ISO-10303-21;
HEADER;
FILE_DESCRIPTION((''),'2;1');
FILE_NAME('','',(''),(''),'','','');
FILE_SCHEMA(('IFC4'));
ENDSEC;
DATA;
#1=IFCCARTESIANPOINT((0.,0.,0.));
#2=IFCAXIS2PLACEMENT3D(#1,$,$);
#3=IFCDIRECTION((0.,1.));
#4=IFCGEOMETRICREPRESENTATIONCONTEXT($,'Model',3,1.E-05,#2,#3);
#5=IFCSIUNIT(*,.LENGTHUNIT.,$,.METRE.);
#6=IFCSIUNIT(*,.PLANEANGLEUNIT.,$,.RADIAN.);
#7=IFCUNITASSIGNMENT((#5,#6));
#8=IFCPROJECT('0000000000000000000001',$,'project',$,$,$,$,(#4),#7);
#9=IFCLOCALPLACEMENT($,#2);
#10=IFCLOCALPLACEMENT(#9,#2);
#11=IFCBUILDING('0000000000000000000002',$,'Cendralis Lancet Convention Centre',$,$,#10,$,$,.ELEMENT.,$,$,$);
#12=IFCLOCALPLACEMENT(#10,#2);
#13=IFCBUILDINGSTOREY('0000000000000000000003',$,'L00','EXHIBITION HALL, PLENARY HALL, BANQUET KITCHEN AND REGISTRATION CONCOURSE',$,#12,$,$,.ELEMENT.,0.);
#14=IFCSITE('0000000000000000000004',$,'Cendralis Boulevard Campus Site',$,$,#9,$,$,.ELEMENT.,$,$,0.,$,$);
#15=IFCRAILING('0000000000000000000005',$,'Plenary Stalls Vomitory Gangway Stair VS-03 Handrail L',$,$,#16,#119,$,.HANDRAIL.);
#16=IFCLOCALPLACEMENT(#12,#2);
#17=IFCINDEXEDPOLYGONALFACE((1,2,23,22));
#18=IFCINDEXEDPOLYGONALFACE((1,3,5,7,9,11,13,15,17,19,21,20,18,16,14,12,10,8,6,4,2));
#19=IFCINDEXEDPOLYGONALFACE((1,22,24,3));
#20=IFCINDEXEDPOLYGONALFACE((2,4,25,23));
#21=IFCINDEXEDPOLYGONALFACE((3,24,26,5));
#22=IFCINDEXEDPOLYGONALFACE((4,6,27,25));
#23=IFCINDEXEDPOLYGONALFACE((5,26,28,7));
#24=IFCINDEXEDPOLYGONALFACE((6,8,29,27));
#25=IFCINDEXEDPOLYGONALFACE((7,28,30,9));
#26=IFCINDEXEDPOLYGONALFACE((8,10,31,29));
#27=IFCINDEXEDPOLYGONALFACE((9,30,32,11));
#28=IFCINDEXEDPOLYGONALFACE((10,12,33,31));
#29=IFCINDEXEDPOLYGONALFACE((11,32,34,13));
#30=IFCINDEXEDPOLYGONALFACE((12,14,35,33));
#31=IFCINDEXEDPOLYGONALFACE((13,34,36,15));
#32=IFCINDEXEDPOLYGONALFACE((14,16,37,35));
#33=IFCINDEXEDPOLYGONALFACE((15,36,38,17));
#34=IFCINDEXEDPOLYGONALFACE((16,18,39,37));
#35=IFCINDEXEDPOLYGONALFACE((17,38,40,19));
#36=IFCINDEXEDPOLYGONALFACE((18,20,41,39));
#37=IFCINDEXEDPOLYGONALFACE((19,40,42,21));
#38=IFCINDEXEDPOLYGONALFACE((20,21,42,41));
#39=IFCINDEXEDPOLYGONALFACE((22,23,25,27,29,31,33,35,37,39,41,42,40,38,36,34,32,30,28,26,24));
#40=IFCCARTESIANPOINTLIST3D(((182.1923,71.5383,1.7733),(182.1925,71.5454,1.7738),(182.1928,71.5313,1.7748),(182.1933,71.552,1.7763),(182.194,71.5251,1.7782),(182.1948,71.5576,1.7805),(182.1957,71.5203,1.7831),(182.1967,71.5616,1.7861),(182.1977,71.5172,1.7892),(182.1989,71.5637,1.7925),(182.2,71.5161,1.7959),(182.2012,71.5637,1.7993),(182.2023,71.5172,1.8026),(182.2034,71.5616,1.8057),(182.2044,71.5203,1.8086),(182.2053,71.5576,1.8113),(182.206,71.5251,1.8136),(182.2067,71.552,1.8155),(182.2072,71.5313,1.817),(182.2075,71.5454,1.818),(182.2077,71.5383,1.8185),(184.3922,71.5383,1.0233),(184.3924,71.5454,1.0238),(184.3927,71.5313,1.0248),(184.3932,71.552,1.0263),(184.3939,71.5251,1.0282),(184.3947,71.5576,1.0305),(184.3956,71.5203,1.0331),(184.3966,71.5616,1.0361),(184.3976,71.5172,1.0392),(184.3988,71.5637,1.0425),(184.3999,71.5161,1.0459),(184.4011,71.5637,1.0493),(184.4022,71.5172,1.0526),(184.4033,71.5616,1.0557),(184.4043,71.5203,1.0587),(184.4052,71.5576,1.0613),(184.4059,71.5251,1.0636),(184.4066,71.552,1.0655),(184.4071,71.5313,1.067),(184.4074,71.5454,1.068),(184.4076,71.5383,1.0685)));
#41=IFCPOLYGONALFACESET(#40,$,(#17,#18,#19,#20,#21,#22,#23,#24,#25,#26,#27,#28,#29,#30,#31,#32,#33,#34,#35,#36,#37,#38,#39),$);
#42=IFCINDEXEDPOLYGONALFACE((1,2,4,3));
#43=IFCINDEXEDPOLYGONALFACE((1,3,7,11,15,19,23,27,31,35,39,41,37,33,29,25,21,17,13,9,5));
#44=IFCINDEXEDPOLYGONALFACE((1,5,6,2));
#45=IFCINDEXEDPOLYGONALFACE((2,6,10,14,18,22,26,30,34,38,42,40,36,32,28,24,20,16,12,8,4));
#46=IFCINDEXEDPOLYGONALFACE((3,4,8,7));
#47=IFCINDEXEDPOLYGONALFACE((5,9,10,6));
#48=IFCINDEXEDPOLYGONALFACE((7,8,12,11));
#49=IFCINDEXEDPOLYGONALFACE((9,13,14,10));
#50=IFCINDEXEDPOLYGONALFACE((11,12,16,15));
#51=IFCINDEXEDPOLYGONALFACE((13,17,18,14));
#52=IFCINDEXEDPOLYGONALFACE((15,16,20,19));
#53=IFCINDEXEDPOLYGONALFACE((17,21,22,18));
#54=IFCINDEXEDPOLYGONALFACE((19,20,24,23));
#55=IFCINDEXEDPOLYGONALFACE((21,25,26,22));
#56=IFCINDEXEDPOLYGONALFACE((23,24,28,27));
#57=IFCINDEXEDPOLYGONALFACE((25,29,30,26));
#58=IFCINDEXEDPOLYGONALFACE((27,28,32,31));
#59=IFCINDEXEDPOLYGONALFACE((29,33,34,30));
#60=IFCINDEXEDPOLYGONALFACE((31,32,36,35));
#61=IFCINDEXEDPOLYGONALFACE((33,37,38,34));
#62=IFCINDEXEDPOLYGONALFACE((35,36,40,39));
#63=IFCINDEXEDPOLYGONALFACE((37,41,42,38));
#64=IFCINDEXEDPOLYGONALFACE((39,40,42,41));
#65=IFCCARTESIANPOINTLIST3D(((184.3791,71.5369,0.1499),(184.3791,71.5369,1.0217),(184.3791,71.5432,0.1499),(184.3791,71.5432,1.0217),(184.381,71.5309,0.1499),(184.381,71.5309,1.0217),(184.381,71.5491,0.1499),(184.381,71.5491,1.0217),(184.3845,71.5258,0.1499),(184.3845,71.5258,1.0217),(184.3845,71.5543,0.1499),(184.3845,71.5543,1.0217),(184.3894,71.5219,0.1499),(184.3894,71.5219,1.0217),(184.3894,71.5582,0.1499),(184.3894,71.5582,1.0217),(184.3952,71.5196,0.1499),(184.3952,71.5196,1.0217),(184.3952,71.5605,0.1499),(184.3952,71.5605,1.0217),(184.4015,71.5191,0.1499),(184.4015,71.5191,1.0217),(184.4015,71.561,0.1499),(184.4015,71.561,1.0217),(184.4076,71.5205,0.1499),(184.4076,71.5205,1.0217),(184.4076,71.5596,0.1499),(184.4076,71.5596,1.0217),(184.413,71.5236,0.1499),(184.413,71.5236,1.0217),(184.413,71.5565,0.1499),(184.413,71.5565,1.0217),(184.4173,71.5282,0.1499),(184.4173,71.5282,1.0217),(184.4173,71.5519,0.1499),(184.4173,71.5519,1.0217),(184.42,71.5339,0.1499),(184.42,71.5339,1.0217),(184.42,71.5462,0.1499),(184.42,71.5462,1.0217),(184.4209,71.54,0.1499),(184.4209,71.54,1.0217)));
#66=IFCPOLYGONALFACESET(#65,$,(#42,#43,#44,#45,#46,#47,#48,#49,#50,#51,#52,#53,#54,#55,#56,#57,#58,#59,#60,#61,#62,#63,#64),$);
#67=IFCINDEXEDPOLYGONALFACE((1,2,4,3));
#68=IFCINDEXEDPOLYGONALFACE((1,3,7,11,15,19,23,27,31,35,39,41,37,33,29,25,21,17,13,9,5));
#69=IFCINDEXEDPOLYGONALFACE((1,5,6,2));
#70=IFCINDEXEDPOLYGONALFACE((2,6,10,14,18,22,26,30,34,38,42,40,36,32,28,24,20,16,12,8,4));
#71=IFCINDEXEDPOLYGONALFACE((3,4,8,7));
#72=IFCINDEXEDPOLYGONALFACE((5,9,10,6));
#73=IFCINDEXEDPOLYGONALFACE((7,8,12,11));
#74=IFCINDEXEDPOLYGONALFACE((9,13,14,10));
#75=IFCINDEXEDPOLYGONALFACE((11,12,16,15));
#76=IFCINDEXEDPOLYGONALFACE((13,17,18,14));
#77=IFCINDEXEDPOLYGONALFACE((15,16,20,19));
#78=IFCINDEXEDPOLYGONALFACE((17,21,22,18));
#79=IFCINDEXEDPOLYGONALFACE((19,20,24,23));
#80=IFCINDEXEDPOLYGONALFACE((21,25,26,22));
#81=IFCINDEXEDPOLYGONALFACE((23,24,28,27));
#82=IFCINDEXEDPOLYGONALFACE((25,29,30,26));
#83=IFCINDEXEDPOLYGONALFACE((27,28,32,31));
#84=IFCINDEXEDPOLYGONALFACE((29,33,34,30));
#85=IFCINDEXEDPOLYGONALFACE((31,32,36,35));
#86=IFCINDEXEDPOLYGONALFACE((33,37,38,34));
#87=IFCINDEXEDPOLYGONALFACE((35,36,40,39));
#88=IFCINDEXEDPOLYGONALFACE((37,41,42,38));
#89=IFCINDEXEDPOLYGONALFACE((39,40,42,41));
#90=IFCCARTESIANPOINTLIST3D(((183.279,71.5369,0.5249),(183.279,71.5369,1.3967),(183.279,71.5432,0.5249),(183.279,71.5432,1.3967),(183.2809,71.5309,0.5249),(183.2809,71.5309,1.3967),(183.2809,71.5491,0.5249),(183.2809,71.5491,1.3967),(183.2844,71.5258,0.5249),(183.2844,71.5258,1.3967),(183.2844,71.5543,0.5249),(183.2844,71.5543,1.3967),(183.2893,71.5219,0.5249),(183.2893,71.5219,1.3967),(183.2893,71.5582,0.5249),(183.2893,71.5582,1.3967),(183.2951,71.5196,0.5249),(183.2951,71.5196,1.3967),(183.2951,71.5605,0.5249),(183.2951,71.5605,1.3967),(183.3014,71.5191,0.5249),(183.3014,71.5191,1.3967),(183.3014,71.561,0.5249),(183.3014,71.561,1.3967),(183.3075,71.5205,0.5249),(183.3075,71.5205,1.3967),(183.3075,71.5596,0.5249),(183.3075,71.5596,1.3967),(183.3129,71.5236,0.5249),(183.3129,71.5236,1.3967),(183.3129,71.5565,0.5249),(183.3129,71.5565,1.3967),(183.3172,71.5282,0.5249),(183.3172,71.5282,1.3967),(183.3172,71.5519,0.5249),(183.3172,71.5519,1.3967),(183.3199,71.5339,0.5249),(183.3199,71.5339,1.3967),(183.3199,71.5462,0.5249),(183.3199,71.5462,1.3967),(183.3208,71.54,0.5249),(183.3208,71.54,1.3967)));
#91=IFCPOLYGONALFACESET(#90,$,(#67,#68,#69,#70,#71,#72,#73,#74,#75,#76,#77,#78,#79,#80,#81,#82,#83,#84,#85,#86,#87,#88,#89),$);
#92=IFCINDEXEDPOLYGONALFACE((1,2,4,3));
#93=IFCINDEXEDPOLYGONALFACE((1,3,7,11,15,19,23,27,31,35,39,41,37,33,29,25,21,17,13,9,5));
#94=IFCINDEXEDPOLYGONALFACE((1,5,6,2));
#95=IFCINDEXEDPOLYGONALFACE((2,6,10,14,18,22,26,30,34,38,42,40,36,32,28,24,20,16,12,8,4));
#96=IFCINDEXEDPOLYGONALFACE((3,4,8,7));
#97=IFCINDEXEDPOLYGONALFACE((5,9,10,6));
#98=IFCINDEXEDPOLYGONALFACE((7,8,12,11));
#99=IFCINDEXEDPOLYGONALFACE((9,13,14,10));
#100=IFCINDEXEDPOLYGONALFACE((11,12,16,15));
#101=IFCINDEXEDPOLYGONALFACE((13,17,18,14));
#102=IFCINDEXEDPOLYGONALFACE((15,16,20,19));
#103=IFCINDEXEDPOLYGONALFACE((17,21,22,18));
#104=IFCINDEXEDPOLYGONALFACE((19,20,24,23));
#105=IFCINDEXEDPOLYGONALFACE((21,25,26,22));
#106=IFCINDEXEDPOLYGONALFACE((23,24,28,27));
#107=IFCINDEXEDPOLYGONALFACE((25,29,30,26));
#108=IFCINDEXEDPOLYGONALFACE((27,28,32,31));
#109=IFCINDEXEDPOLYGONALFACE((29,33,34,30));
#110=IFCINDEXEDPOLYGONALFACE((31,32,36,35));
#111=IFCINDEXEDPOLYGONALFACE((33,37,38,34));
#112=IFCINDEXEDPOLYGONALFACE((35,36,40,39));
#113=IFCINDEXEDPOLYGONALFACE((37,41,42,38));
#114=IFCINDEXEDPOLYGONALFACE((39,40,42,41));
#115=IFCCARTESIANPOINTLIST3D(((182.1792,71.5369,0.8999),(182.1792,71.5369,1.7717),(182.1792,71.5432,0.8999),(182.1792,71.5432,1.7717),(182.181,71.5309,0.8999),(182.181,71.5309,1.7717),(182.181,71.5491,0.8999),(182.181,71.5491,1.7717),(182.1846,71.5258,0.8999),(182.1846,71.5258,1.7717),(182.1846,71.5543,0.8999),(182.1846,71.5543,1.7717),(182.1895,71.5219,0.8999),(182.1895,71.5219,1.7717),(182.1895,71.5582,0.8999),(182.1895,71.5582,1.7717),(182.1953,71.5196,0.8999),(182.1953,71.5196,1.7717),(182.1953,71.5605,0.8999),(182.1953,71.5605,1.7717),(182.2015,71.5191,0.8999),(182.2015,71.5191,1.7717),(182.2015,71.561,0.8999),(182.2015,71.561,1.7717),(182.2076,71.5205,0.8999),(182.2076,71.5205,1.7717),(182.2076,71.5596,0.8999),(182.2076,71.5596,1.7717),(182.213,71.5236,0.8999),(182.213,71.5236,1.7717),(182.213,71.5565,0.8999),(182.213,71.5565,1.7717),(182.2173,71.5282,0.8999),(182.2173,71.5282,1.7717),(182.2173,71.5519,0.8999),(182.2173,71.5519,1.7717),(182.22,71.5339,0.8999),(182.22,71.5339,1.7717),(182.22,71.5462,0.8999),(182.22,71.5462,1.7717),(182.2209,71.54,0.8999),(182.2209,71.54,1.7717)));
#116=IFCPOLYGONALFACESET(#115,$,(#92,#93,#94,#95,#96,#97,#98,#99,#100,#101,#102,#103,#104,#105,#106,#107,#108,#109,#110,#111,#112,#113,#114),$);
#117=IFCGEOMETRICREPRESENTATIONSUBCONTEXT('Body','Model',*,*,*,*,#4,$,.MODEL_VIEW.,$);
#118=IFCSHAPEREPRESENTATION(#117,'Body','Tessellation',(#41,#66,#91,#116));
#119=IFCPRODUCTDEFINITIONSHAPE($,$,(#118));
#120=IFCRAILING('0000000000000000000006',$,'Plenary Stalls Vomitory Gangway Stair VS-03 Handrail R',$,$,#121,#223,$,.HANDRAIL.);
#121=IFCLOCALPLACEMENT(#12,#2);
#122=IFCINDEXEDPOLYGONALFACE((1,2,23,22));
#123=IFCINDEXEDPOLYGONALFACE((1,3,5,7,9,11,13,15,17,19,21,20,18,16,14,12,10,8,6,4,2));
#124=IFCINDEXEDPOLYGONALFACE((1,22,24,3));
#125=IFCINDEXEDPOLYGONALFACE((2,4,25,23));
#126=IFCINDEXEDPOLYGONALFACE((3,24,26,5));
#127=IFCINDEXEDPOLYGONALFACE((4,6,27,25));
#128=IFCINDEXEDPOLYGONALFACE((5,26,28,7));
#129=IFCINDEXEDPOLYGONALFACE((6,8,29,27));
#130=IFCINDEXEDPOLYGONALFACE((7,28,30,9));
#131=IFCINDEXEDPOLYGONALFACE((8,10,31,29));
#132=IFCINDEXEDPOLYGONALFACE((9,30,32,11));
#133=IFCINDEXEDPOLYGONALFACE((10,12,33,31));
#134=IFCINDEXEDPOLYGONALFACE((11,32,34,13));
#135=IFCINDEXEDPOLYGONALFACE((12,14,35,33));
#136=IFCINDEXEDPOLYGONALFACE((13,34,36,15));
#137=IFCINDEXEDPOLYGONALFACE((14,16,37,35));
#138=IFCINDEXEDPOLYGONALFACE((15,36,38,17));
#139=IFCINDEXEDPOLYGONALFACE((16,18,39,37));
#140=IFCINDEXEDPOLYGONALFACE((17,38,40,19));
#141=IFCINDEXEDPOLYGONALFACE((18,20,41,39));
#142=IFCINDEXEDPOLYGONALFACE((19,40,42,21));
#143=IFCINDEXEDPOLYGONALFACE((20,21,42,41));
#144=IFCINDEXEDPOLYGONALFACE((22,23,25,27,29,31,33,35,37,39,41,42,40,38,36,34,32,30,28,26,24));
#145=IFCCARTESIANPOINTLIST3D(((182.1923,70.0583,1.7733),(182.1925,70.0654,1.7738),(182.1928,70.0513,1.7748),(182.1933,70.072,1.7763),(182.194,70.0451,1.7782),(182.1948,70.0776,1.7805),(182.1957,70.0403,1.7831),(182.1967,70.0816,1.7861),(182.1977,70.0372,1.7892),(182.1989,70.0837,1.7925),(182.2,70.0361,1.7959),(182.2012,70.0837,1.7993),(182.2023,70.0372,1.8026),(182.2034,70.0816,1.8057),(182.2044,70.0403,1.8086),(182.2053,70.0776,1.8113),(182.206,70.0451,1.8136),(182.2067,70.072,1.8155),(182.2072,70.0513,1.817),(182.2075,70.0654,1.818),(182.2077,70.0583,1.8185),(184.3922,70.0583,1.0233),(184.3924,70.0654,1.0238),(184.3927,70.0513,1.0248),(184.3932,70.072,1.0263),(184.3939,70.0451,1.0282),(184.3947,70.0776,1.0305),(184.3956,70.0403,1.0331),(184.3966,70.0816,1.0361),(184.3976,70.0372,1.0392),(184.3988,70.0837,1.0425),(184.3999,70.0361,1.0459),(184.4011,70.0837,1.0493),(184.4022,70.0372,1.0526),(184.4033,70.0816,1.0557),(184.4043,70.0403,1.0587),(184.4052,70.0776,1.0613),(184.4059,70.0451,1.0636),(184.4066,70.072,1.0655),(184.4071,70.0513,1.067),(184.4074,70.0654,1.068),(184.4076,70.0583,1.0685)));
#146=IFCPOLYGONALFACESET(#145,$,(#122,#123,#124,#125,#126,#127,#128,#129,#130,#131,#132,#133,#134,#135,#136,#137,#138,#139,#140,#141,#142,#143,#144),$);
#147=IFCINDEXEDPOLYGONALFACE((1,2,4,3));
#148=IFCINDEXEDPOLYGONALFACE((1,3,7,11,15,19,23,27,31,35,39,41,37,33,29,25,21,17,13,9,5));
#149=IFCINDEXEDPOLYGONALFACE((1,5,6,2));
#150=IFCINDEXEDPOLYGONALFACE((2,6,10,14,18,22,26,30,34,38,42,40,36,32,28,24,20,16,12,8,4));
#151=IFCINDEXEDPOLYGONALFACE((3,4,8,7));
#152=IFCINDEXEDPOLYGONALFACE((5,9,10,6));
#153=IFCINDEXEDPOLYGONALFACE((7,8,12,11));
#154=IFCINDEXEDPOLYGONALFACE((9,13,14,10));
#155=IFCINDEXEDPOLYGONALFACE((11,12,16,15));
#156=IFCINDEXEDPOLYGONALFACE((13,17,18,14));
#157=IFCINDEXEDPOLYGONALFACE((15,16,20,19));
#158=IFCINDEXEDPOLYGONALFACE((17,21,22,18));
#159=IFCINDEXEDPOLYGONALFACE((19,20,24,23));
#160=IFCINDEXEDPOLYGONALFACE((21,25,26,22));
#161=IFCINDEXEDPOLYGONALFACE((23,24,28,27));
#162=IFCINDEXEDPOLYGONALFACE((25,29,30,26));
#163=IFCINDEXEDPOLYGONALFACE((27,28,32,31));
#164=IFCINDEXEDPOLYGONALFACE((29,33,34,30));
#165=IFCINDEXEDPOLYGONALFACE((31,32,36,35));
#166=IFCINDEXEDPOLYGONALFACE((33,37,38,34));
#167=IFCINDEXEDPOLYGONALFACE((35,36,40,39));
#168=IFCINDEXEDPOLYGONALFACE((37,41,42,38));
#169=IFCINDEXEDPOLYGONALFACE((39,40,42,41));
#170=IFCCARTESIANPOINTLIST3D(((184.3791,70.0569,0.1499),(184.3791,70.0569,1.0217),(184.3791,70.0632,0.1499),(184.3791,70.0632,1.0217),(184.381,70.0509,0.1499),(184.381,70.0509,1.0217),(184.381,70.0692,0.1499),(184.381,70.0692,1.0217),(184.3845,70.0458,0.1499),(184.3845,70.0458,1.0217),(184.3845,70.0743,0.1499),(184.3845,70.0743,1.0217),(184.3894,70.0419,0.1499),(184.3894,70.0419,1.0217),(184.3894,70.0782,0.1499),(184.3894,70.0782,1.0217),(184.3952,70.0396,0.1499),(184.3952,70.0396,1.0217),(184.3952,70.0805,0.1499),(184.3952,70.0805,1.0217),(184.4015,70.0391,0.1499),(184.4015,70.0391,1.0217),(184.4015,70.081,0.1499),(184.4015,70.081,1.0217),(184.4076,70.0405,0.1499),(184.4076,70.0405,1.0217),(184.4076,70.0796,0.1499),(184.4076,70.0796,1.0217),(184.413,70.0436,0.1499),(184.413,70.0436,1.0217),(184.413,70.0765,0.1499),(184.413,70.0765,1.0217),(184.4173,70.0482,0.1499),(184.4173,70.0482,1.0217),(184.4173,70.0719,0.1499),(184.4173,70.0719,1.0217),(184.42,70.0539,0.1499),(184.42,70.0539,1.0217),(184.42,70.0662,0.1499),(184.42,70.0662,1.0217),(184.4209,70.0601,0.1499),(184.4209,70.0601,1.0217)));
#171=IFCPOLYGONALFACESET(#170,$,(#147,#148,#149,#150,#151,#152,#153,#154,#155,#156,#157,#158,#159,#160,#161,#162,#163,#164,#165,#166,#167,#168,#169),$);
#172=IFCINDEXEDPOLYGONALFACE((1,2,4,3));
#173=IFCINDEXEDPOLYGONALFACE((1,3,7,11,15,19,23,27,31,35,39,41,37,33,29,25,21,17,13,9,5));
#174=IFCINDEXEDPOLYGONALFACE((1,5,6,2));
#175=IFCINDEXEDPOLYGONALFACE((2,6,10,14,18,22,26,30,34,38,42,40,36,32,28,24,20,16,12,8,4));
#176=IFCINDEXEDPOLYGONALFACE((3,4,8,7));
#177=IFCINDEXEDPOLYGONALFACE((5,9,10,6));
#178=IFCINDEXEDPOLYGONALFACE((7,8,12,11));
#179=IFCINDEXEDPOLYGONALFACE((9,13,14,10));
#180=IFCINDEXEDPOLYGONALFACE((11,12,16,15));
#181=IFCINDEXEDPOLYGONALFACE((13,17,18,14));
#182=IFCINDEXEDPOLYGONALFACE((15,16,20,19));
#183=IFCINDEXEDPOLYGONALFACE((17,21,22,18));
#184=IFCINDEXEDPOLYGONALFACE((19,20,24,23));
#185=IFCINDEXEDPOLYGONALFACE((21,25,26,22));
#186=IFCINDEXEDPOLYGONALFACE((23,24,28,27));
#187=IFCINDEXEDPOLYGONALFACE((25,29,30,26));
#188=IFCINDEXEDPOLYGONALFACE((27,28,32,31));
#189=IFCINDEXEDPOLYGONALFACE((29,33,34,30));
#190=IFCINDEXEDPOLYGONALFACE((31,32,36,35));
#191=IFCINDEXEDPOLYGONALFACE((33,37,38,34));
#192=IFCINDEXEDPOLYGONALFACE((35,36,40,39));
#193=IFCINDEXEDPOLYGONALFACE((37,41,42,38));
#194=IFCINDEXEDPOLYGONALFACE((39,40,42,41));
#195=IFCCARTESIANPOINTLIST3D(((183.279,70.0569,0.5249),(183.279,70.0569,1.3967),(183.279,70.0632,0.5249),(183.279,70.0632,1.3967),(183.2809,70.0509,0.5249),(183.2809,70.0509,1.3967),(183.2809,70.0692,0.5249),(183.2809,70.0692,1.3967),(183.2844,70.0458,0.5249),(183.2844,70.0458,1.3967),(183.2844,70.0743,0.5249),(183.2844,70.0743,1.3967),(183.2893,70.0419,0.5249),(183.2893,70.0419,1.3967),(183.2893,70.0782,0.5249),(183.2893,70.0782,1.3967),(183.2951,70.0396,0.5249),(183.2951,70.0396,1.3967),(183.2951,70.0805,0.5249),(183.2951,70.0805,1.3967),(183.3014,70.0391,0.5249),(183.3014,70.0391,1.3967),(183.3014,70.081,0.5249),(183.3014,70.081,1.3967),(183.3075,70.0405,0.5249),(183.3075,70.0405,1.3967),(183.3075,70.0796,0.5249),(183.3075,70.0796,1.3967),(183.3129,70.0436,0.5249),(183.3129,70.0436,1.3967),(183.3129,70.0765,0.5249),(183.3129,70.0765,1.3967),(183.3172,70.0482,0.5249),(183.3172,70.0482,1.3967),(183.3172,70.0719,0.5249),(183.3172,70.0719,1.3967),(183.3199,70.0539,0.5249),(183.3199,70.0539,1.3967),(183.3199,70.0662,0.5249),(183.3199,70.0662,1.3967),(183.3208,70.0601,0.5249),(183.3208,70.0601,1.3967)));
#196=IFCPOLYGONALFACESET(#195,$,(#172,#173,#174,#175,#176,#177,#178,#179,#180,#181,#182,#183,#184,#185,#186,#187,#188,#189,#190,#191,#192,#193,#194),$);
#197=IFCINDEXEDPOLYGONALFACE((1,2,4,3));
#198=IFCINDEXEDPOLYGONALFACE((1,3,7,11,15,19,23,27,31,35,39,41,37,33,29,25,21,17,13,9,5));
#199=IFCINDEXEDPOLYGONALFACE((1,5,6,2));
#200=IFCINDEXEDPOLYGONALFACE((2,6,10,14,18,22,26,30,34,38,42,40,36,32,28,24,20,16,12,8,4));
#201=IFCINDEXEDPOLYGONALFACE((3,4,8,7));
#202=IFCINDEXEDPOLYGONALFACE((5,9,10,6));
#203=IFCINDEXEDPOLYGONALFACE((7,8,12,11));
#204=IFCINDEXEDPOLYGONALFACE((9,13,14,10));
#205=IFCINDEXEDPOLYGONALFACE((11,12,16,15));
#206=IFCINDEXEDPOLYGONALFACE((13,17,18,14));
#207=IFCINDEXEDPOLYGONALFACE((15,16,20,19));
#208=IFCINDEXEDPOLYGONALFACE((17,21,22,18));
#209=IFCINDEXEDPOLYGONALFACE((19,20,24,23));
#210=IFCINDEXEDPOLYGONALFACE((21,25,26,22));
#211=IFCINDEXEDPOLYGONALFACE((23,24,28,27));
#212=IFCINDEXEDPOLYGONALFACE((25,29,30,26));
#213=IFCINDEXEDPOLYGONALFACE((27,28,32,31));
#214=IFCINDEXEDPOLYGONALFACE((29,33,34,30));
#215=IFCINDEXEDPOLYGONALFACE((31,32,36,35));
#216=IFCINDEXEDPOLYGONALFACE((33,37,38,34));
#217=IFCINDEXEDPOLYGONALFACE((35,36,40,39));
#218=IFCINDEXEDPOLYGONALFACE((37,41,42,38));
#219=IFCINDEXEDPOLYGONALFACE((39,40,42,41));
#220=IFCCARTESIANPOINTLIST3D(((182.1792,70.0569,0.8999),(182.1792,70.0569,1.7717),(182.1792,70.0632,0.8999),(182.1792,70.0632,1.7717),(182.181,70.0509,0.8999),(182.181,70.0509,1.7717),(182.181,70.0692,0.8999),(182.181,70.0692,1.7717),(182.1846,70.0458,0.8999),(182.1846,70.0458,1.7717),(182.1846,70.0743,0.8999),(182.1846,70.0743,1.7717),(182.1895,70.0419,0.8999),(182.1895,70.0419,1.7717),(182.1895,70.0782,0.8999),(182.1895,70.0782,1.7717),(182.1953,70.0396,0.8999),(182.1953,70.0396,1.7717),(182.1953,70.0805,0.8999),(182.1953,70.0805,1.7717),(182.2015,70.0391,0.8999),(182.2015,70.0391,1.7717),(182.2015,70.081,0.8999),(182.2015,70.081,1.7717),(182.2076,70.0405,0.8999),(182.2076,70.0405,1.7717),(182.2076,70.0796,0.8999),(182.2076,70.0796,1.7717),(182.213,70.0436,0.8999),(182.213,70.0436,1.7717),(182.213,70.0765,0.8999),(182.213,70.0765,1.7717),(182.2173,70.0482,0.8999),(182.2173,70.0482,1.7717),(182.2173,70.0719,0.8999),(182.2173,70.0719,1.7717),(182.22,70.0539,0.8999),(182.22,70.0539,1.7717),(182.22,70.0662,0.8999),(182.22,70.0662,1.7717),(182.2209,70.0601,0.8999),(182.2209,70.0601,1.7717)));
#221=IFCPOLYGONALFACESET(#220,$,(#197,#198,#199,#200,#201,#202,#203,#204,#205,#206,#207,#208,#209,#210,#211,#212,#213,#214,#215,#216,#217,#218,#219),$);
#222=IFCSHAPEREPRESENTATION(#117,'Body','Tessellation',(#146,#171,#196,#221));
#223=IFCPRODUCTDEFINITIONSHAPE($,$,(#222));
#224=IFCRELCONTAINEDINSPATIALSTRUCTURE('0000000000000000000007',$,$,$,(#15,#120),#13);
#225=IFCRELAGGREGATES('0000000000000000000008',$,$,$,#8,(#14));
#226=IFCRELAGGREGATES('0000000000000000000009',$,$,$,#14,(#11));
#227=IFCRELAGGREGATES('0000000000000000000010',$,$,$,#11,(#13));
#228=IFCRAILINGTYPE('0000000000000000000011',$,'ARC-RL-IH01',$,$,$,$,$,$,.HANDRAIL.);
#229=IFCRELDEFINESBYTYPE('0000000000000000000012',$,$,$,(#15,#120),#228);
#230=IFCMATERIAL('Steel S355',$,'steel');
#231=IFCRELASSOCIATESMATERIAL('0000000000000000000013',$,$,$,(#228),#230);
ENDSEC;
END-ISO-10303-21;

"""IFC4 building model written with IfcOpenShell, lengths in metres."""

from ifc_helpers import new_model, si_unit, direction, frame, origin, origin_2d, place, context, subcontext, project, spatial, circle, extrude, material, type_object, element, save


model = new_model("IFC4")

# Units and contexts
model_context = context("Model", 3, precision=1e-05, world=origin(), true_north=direction((0.0, 1.0)))
body_context = subcontext(model_context, "Body", "Model", "MODEL_VIEW")
ifc_project = project(units=[si_unit("LENGTHUNIT", "METRE"), si_unit("PLANEANGLEUNIT", "RADIAN")], contexts=[model_context])

# Site, building, storey
site_placement = place(None, origin())
site = spatial("IfcSite", under=ifc_project, at=site_placement, Name="Cendralis Boulevard Campus Site", CompositionType="ELEMENT", RefElevation=0.0)
building_placement = place(site_placement, origin())
building = spatial("IfcBuilding", under=site, at=building_placement, Name="Cendralis Lancet Convention Centre", CompositionType="ELEMENT")
storey_placement = place(building_placement, origin())
storey = spatial("IfcBuildingStorey", under=building, at=storey_placement, Name="L00", Description="EXHIBITION HALL, PLENARY HALL, BANQUET KITCHEN AND REGISTRATION CONCOURSE", CompositionType="ELEMENT", Elevation=0.0)

# Shared definitions
ifc_material_1 = material(Name="Steel S355", Category="steel")

# Railings
railing_type_1 = type_object("IfcRailingType", Name="ARC-RL-IH01", PredefinedType="HANDRAIL", material=ifc_material_1)
for number, where, name in (
    (1, (184.3999, 71.54, 0.1499), "Plenary Stalls Vomitory Gangway Stair VS-03 Handrail L"),
    (2, (184.3999, 70.0601, 0.1499), "Plenary Stalls Vomitory Gangway Stair VS-03 Handrail R"),
):
    element("IfcRailing", number, at=place(storey_placement, frame(where)), inside=storey, type_object=railing_type_1, Name=name, PredefinedType="HANDRAIL", context=body_context, shape_type="SweptSolid", body=[
        extrude(circle(Radius=0.0239, at=origin_2d()), frame((0.0, 0.0, 0.896), z_axis=(-0.946508, 0.0, 0.32268), x_axis=(0.0, -1.0, 0.0)), (0.0, 0.0, 1.0), 2.3242),
        extrude(circle(Radius=0.021, at=origin_2d()), origin(), (0.0, 0.0, 1.0), 0.8718),
        extrude(circle(Radius=0.021, at=origin_2d()), frame((-1.1001, 0.0, 0.375)), (0.0, 0.0, 1.0), 0.8718),
        extrude(circle(Radius=0.021, at=origin_2d()), frame((-2.2, 0.0, 0.75)), (0.0, 0.0, 1.0), 0.8718),
    ])

save(model, "model.ifc")
